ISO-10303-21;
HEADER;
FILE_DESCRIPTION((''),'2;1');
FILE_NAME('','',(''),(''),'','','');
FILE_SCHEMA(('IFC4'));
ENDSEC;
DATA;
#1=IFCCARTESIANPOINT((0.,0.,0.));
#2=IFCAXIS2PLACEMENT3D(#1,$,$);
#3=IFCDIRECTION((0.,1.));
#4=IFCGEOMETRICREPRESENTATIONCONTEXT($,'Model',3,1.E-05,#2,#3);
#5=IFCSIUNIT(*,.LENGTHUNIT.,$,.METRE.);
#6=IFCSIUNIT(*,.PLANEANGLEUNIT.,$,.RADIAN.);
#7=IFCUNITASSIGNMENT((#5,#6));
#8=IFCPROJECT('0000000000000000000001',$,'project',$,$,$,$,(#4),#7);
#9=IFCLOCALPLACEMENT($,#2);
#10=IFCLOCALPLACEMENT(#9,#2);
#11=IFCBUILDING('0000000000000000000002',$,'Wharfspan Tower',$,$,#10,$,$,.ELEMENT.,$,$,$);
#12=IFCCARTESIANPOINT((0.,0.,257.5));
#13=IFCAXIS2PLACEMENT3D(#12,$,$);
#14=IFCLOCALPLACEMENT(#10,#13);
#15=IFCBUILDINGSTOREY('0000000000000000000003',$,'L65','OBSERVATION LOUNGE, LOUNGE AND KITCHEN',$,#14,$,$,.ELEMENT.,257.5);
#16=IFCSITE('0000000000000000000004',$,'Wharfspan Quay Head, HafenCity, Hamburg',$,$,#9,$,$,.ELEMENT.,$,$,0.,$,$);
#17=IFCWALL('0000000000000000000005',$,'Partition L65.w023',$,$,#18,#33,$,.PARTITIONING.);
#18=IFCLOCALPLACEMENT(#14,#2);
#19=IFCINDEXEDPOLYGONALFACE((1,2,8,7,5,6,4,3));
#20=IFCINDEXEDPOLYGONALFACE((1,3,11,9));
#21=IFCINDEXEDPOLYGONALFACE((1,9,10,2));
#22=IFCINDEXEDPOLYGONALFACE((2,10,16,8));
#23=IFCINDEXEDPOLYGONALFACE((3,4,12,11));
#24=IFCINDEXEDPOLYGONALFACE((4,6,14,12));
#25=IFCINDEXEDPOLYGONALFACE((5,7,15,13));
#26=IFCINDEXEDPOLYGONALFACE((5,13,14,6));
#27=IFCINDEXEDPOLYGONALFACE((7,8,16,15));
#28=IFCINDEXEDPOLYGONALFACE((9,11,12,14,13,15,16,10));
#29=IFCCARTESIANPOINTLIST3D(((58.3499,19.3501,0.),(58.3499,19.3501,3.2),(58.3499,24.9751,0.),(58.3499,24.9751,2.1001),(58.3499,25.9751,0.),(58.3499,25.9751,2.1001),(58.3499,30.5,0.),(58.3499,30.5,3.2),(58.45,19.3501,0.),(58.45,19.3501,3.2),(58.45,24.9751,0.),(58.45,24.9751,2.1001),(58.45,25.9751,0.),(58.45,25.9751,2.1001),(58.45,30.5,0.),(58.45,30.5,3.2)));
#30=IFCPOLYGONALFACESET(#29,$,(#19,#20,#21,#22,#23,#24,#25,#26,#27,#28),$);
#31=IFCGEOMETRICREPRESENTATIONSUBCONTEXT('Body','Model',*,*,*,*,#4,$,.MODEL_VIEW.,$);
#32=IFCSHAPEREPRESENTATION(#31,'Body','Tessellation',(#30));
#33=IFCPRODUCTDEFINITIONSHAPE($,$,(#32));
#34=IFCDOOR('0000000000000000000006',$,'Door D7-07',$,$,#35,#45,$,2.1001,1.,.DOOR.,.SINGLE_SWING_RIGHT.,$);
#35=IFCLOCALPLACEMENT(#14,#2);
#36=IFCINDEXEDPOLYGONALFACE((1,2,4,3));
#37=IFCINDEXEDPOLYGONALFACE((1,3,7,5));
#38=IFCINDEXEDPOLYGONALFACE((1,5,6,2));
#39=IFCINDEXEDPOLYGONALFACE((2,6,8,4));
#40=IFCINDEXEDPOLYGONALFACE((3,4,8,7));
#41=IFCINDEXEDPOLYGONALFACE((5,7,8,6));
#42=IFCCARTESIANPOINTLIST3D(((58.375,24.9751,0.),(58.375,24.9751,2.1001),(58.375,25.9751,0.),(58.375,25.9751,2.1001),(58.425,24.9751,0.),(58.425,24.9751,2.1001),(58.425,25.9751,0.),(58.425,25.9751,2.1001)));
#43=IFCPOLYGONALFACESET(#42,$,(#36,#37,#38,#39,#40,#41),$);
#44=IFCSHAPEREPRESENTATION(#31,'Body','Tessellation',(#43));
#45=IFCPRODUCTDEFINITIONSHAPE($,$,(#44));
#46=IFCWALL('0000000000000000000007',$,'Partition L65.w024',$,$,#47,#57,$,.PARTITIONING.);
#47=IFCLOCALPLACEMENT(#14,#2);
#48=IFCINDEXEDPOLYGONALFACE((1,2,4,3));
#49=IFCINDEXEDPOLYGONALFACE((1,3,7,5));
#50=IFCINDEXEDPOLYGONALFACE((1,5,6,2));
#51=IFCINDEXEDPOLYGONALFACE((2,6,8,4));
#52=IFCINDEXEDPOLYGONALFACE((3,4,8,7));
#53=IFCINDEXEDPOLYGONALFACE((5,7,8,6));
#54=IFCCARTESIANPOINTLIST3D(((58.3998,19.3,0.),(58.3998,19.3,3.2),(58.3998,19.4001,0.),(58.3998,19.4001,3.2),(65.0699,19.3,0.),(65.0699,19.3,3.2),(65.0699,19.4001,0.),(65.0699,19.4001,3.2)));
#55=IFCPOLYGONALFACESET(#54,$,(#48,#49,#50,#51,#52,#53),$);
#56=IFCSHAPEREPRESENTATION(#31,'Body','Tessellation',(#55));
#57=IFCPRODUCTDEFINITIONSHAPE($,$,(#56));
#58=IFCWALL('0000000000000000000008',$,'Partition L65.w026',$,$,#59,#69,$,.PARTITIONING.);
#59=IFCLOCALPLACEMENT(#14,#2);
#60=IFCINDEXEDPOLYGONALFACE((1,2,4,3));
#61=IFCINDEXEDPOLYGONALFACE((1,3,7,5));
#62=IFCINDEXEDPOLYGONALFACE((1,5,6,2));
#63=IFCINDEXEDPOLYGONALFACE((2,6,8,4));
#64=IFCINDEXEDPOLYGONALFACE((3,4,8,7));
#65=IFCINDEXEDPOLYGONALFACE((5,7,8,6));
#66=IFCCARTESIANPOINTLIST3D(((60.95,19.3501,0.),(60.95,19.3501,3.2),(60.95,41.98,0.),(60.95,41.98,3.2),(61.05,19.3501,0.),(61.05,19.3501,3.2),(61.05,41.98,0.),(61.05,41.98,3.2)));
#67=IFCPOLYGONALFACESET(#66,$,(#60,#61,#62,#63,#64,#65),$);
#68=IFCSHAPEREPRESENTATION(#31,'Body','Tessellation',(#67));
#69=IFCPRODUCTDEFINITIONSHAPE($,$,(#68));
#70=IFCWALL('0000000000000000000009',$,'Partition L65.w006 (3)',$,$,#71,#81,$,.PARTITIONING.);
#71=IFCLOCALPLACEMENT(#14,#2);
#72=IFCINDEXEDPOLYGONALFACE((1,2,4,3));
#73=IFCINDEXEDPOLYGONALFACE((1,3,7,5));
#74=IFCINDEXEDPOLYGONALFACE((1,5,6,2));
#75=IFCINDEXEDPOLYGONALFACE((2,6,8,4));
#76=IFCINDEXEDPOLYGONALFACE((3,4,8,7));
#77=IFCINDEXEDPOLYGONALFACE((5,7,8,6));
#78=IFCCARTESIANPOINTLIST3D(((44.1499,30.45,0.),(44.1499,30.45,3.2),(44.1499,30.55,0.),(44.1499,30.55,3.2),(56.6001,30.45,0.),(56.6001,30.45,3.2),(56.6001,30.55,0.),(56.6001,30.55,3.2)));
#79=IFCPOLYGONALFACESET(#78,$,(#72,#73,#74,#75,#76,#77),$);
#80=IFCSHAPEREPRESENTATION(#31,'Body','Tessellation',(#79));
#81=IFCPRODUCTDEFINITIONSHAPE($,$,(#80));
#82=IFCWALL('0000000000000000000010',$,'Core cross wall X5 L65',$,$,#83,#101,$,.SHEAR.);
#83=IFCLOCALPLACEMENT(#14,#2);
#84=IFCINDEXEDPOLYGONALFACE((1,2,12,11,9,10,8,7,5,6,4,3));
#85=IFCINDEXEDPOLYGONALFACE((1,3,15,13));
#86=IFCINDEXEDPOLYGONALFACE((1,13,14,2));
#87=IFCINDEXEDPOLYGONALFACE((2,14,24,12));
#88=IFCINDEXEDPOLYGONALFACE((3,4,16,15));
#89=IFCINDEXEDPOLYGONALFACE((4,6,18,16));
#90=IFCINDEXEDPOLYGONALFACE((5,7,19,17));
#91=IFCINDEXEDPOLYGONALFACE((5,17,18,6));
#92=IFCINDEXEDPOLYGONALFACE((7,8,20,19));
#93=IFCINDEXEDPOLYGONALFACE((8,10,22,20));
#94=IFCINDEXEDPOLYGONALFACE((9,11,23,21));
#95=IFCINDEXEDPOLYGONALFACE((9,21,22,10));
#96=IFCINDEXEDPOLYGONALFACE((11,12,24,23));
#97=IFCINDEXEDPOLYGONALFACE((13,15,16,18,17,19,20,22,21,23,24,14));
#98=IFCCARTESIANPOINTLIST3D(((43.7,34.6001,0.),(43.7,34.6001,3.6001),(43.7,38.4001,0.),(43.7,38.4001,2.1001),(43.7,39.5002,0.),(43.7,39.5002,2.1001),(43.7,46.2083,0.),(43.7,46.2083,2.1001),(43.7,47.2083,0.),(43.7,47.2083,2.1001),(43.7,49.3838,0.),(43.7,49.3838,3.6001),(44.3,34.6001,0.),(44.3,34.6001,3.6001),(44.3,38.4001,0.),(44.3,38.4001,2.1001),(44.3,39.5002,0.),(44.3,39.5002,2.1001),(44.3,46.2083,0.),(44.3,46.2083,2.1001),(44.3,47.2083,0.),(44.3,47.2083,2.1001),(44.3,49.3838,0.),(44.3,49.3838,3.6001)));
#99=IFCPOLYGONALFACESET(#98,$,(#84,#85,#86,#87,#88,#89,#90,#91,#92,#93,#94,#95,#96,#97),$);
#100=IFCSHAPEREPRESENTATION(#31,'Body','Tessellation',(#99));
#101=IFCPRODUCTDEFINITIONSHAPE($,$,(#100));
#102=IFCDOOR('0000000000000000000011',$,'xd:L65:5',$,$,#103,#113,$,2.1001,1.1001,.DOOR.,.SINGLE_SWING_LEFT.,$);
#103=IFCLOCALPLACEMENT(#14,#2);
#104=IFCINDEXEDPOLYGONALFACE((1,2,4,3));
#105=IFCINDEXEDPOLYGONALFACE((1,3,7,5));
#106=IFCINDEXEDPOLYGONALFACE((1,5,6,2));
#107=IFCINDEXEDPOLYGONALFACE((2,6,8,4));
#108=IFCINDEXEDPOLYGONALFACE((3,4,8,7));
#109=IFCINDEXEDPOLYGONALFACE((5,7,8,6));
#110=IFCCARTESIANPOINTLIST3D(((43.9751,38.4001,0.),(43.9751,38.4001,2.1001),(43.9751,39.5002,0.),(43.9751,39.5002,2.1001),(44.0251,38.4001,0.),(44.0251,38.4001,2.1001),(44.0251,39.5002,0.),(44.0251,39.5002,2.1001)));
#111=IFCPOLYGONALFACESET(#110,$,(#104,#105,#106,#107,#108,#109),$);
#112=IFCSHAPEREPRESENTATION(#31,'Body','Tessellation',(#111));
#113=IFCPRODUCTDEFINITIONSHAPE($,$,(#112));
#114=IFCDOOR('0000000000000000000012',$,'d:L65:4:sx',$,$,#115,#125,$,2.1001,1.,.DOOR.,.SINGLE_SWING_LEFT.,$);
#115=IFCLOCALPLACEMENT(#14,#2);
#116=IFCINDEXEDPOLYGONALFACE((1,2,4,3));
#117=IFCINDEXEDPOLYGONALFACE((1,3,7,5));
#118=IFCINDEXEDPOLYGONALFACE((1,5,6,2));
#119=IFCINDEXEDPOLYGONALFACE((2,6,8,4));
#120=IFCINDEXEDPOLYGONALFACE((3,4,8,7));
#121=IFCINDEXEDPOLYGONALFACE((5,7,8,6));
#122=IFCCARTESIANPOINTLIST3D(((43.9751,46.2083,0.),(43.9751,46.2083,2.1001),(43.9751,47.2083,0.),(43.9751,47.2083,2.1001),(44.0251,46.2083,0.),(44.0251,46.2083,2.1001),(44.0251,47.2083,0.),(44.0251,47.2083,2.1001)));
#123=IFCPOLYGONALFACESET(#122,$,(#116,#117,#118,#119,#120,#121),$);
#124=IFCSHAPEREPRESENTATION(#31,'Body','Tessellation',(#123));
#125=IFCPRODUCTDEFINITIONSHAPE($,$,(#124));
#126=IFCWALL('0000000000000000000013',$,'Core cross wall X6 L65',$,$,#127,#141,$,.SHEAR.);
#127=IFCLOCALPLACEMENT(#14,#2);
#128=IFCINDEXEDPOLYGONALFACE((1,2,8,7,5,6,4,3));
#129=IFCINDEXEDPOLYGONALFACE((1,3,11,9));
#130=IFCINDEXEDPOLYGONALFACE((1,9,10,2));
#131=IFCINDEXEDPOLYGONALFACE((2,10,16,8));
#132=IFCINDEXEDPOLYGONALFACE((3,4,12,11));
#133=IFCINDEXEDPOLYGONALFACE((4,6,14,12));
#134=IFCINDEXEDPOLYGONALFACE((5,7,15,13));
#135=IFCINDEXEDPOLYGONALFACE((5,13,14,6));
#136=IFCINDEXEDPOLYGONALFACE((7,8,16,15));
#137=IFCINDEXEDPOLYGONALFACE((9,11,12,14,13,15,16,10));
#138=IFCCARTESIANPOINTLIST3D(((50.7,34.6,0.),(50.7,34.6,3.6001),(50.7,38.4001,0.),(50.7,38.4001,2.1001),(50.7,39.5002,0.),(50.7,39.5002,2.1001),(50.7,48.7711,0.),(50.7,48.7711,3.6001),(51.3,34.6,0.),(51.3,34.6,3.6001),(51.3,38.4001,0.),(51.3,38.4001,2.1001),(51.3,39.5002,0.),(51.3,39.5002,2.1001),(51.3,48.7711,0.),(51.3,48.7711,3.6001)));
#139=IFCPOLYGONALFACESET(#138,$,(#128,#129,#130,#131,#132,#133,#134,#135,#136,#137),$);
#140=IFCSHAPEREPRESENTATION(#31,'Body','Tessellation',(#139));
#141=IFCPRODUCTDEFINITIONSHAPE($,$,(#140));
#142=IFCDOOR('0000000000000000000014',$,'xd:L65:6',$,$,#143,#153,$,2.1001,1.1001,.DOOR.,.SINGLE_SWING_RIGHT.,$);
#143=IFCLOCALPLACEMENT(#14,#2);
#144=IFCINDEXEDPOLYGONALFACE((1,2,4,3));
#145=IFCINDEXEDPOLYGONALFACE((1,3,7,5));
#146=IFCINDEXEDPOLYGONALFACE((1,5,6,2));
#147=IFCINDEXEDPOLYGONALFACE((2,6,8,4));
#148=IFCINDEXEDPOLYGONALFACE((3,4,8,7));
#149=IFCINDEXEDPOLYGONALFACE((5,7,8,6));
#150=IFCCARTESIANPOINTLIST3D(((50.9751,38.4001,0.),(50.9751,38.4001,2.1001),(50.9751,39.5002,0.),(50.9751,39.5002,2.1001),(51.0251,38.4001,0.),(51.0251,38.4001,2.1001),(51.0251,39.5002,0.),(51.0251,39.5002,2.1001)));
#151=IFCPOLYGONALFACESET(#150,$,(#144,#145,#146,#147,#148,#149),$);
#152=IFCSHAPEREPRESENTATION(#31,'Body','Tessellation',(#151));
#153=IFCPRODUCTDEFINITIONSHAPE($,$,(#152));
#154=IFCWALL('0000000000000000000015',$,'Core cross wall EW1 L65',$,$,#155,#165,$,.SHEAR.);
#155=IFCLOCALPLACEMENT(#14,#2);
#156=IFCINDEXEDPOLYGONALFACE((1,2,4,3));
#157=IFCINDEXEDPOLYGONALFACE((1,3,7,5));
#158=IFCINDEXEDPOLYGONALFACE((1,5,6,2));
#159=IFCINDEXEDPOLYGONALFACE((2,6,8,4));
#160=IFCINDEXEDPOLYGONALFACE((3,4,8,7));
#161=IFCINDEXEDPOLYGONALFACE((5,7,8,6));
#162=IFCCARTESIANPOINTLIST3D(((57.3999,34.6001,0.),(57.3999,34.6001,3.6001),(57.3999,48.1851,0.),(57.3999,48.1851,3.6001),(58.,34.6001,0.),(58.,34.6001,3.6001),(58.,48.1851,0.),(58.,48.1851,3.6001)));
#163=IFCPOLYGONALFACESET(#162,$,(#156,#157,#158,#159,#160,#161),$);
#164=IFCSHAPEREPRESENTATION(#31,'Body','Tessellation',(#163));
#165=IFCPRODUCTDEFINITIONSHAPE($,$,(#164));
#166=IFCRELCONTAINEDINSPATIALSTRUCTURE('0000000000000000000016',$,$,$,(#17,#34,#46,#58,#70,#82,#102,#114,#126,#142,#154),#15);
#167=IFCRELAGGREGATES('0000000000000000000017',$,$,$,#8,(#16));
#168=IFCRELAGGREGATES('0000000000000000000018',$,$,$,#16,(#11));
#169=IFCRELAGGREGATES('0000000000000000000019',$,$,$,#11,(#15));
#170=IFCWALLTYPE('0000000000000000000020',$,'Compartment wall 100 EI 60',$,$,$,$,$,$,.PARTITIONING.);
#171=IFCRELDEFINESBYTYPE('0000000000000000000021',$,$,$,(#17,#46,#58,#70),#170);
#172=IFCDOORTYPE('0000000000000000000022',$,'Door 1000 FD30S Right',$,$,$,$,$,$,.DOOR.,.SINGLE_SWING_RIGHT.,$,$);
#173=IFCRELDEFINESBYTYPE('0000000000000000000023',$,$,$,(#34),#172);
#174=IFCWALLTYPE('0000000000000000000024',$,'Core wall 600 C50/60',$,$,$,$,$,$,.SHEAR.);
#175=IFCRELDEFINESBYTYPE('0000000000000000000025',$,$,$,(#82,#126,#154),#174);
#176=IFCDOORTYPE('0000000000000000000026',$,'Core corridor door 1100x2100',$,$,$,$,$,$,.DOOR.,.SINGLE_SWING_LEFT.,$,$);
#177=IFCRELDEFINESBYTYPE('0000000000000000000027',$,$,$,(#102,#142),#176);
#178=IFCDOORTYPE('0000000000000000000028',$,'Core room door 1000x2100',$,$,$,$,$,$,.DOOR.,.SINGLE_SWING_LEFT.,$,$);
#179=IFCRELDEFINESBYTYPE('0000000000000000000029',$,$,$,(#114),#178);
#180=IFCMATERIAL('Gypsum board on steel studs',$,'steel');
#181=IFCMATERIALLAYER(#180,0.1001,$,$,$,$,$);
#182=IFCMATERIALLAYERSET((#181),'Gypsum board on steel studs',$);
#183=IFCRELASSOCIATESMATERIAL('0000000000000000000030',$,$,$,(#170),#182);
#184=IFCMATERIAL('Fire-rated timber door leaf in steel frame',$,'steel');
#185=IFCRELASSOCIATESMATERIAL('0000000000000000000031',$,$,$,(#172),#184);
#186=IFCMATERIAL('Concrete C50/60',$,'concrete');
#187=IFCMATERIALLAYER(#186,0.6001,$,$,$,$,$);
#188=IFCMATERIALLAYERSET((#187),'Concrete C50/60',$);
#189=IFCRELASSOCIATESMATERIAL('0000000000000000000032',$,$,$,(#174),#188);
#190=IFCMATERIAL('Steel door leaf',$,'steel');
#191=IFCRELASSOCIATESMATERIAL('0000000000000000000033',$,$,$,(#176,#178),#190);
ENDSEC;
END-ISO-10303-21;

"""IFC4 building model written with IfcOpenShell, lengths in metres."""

from ifc_helpers import new_model, si_unit, direction, frame, frame_2d, origin, place, context, subcontext, project, spatial, rectangle, extrude, material, layer, layer_set, type_object, element, fill, save


model = new_model("IFC4")

# Units and contexts
model_context = context("Model", 3, precision=1e-05, world=origin(), true_north=direction((0.0, 1.0)))
body_context = subcontext(model_context, "Body", "Model", "MODEL_VIEW")
ifc_project = project(units=[si_unit("LENGTHUNIT", "METRE"), si_unit("PLANEANGLEUNIT", "RADIAN")], contexts=[model_context])

# Site, building, storey
site_placement = place(None, origin())
site = spatial("IfcSite", under=ifc_project, at=site_placement, Name="Wharfspan Quay Head, HafenCity, Hamburg", CompositionType="ELEMENT", RefElevation=0.0)
building_placement = place(site_placement, origin())
building = spatial("IfcBuilding", under=site, at=building_placement, Name="Wharfspan Tower", CompositionType="ELEMENT")
storey_placement = place(building_placement, frame((0.0, 0.0, 257.5)))
storey = spatial("IfcBuildingStorey", under=building, at=storey_placement, Name="L65", Description="OBSERVATION LOUNGE, LOUNGE AND KITCHEN", CompositionType="ELEMENT", Elevation=257.5)

# Shared definitions
ifc_material_1 = material(Name="Gypsum board on steel studs", Category="steel")
ifc_layer_1 = layer(ifc_material_1, 0.1001)
ifc_layer_set_1 = layer_set([ifc_layer_1], Name="Gypsum board on steel studs")
wall_type_1 = type_object("IfcWallType", Name="Compartment wall 100 EI 60", PredefinedType="PARTITIONING", material=ifc_layer_set_1)

# Shared definitions
ifc_material_2 = material(Name="Fire-rated timber door leaf in steel frame", Category="steel")
door_type_1 = type_object("IfcDoorType", Name="Door 1000 FD30S Right", OperationType="SINGLE_SWING_RIGHT", PredefinedType="DOOR", material=ifc_material_2)

# Wall, opening, door
wall_1_placement = place(storey_placement, frame((58.3999, 19.3501, 0.0), z_axis=(0.0, 0.0, 1.0), x_axis=(0.0, 1.0, 0.0)))
wall_1 = element("IfcWall", 1, at=wall_1_placement, inside=storey, type_object=wall_type_1, Name="Partition L65.w023", PredefinedType="PARTITIONING", context=body_context, shape_type="SweptSolid", body=[
    extrude(rectangle(XDim=11.1499, YDim=0.1001, at=frame_2d((5.575, 0.0))), origin(), (0.0, 0.0, 1.0), 3.2),
])
opening_1_placement = place(wall_1_placement, frame((5.625, 0.0, 0.0)))
opening_1 = element("IfcOpeningElement", 2, at=opening_1_placement, cuts=wall_1, PredefinedType="OPENING", context=body_context, shape_type="SweptSolid", body=[
    extrude(rectangle(XDim=1.0, YDim=2.1001, at=frame_2d((0.5, 1.05))), frame((0.0, 0.0601, 0.0), z_axis=(0.0, -1.0, 0.0), x_axis=(1.0, 0.0, 0.0)), (0.0, 0.0, 1.0), 0.1201),
])
door_1_placement = place(opening_1_placement, origin())
door_1 = element("IfcDoor", 3, at=door_1_placement, inside=storey, type_object=door_type_1, Name="Door D7-07", OperationType="SINGLE_SWING_RIGHT", OverallHeight=2.1001, OverallWidth=1.0, PredefinedType="DOOR", context=body_context, shape_type="SweptSolid", body=[
    extrude(rectangle(XDim=1.0, YDim=2.1001, at=frame_2d((0.5, 1.05))), frame((0.0, 0.0249, 0.0), z_axis=(0.0, -1.0, 0.0), x_axis=(1.0, 0.0, 0.0)), (0.0, 0.0, 1.0), 0.05),
])
fill(opening_1, door_1)

# Walls
wall_2_placement = place(storey_placement, frame((58.3999, 19.3501, 0.0), z_axis=(0.0, 0.0, 1.0), x_axis=(1.0, 0.0, 0.0)))
element("IfcWall", 4, at=wall_2_placement, inside=storey, type_object=wall_type_1, Name="Partition L65.w024", PredefinedType="PARTITIONING", context=body_context, shape_type="SweptSolid", body=[
    extrude(rectangle(XDim=6.6702, YDim=0.1001, at=frame_2d((3.335, 0.0))), origin(), (0.0, 0.0, 1.0), 3.2),
])
wall_3_placement = place(storey_placement, frame((61.0, 19.3501, 0.0), z_axis=(0.0, 0.0, 1.0), x_axis=(0.0, 1.0, 0.0)))
element("IfcWall", 5, at=wall_3_placement, inside=storey, type_object=wall_type_1, Name="Partition L65.w026", PredefinedType="PARTITIONING", context=body_context, shape_type="SweptSolid", body=[
    extrude(rectangle(XDim=22.6299, YDim=0.1001, at=frame_2d((11.3149, 0.0))), origin(), (0.0, 0.0, 1.0), 3.2),
])
wall_4_placement = place(storey_placement, frame((44.1499, 30.5, 0.0), z_axis=(0.0, 0.0, 1.0), x_axis=(1.0, 0.0, 0.0)))
element("IfcWall", 6, at=wall_4_placement, inside=storey, type_object=wall_type_1, Name="Partition L65.w006 (3)", PredefinedType="PARTITIONING", context=body_context, shape_type="SweptSolid", body=[
    extrude(rectangle(XDim=12.4502, YDim=0.1001, at=frame_2d((6.2251, 0.0))), origin(), (0.0, 0.0, 1.0), 3.2),
])

# Wall, openings, doors
ifc_material_3 = material(Name="Concrete C50/60", Category="concrete")
ifc_layer_2 = layer(ifc_material_3, 0.6001)
ifc_layer_set_2 = layer_set([ifc_layer_2], Name="Concrete C50/60")
wall_type_2 = type_object("IfcWallType", Name="Core wall 600 C50/60", PredefinedType="SHEAR", material=ifc_layer_set_2)
wall_5_placement = place(storey_placement, frame((44.0, 34.6001, 0.0), z_axis=(0.0, 0.0, 1.0), x_axis=(0.0, 1.0, 0.0)))
wall_5 = element("IfcWall", 7, at=wall_5_placement, inside=storey, type_object=wall_type_2, Name="Core cross wall X5 L65", PredefinedType="SHEAR", context=body_context, shape_type="SweptSolid", body=[
    extrude(rectangle(XDim=14.7837, YDim=0.6001, at=frame_2d((7.3918, 0.0))), origin(), (0.0, 0.0, 1.0), 3.6001),
])
opening_2_placement = place(wall_5_placement, frame((11.6082, 0.0, 0.0)))
opening_2 = element("IfcOpeningElement", 8, at=opening_2_placement, cuts=wall_5, PredefinedType="OPENING", context=body_context, shape_type="SweptSolid", body=[
    extrude(rectangle(XDim=1.0, YDim=2.1001, at=frame_2d((0.5, 1.05))), frame((0.0, 0.3101, 0.0), z_axis=(0.0, -1.0, 0.0), x_axis=(1.0, 0.0, 0.0)), (0.0, 0.0, 1.0), 0.6201),
])
opening_3_placement = place(wall_5_placement, frame((3.8, 0.0, 0.0)))
opening_3 = element("IfcOpeningElement", 9, at=opening_3_placement, cuts=wall_5, PredefinedType="OPENING", context=body_context, shape_type="SweptSolid", body=[
    extrude(rectangle(XDim=1.1001, YDim=2.1001, at=frame_2d((0.55, 1.05))), frame((0.0, 0.3101, 0.0), z_axis=(0.0, -1.0, 0.0), x_axis=(1.0, 0.0, 0.0)), (0.0, 0.0, 1.0), 0.6201),
])
ifc_material_4 = material(Name="Steel door leaf", Category="steel")
door_type_2 = type_object("IfcDoorType", Name="Core corridor door 1100x2100", OperationType="SINGLE_SWING_LEFT", PredefinedType="DOOR", material=ifc_material_4)
door_2_placement = place(opening_3_placement, origin())
door_2 = element("IfcDoor", 10, at=door_2_placement, inside=storey, type_object=door_type_2, Name="xd:L65:5", OperationType="SINGLE_SWING_LEFT", OverallHeight=2.1001, OverallWidth=1.1001, PredefinedType="DOOR", context=body_context, shape_type="SweptSolid", body=[
    extrude(rectangle(XDim=1.1001, YDim=2.1001, at=frame_2d((0.55, 1.05))), frame((0.0, 0.0249, 0.0), z_axis=(0.0, -1.0, 0.0), x_axis=(1.0, 0.0, 0.0)), (0.0, 0.0, 1.0), 0.05),
])
fill(opening_3, door_2)
door_type_3 = type_object("IfcDoorType", Name="Core room door 1000x2100", OperationType="SINGLE_SWING_LEFT", PredefinedType="DOOR", material=ifc_material_4)
door_3_placement = place(opening_2_placement, origin())
door_3 = element("IfcDoor", 11, at=door_3_placement, inside=storey, type_object=door_type_3, Name="d:L65:4:sx", OperationType="SINGLE_SWING_LEFT", OverallHeight=2.1001, OverallWidth=1.0, PredefinedType="DOOR", context=body_context, shape_type="SweptSolid", body=[
    extrude(rectangle(XDim=1.0, YDim=2.1001, at=frame_2d((0.5, 1.05))), frame((0.0, 0.0249, 0.0), z_axis=(0.0, -1.0, 0.0), x_axis=(1.0, 0.0, 0.0)), (0.0, 0.0, 1.0), 0.05),
])
fill(opening_2, door_3)

# Wall, opening, door
wall_6_placement = place(storey_placement, frame((51.0, 34.6001, 0.0), z_axis=(0.0, 0.0, 1.0), x_axis=(0.0, 1.0, 0.0)))
wall_6 = element("IfcWall", 12, at=wall_6_placement, inside=storey, type_object=wall_type_2, Name="Core cross wall X6 L65", PredefinedType="SHEAR", context=body_context, shape_type="SweptSolid", body=[
    extrude(rectangle(XDim=14.1711, YDim=0.6001, at=frame_2d((7.0854, 0.0))), origin(), (0.0, 0.0, 1.0), 3.6001),
])
opening_4_placement = place(wall_6_placement, frame((3.8, 0.0, 0.0)))
opening_4 = element("IfcOpeningElement", 13, at=opening_4_placement, cuts=wall_6, PredefinedType="OPENING", context=body_context, shape_type="SweptSolid", body=[
    extrude(rectangle(XDim=1.1001, YDim=2.1001, at=frame_2d((0.55, 1.05))), frame((0.0, 0.3101, 0.0), z_axis=(0.0, -1.0, 0.0), x_axis=(1.0, 0.0, 0.0)), (0.0, 0.0, 1.0), 0.6201),
])
door_4_placement = place(opening_4_placement, origin())
door_4 = element("IfcDoor", 14, at=door_4_placement, inside=storey, type_object=door_type_2, Name="xd:L65:6", OperationType="SINGLE_SWING_RIGHT", OverallHeight=2.1001, OverallWidth=1.1001, PredefinedType="DOOR", context=body_context, shape_type="SweptSolid", body=[
    extrude(rectangle(XDim=1.1001, YDim=2.1001, at=frame_2d((0.55, 1.05))), frame((0.0, 0.0249, 0.0), z_axis=(0.0, -1.0, 0.0), x_axis=(1.0, 0.0, 0.0)), (0.0, 0.0, 1.0), 0.05),
])
fill(opening_4, door_4)

# Wall
wall_7_placement = place(storey_placement, frame((57.7, 34.6001, 0.0), z_axis=(0.0, 0.0, 1.0), x_axis=(0.0, 1.0, 0.0)))
element("IfcWall", 15, at=wall_7_placement, inside=storey, type_object=wall_type_2, Name="Core cross wall EW1 L65", PredefinedType="SHEAR", context=body_context, shape_type="SweptSolid", body=[
    extrude(rectangle(XDim=13.585, YDim=0.6001, at=frame_2d((6.7925, 0.0))), origin(), (0.0, 0.0, 1.0), 3.6001),
])

save(model, "model.ifc")
